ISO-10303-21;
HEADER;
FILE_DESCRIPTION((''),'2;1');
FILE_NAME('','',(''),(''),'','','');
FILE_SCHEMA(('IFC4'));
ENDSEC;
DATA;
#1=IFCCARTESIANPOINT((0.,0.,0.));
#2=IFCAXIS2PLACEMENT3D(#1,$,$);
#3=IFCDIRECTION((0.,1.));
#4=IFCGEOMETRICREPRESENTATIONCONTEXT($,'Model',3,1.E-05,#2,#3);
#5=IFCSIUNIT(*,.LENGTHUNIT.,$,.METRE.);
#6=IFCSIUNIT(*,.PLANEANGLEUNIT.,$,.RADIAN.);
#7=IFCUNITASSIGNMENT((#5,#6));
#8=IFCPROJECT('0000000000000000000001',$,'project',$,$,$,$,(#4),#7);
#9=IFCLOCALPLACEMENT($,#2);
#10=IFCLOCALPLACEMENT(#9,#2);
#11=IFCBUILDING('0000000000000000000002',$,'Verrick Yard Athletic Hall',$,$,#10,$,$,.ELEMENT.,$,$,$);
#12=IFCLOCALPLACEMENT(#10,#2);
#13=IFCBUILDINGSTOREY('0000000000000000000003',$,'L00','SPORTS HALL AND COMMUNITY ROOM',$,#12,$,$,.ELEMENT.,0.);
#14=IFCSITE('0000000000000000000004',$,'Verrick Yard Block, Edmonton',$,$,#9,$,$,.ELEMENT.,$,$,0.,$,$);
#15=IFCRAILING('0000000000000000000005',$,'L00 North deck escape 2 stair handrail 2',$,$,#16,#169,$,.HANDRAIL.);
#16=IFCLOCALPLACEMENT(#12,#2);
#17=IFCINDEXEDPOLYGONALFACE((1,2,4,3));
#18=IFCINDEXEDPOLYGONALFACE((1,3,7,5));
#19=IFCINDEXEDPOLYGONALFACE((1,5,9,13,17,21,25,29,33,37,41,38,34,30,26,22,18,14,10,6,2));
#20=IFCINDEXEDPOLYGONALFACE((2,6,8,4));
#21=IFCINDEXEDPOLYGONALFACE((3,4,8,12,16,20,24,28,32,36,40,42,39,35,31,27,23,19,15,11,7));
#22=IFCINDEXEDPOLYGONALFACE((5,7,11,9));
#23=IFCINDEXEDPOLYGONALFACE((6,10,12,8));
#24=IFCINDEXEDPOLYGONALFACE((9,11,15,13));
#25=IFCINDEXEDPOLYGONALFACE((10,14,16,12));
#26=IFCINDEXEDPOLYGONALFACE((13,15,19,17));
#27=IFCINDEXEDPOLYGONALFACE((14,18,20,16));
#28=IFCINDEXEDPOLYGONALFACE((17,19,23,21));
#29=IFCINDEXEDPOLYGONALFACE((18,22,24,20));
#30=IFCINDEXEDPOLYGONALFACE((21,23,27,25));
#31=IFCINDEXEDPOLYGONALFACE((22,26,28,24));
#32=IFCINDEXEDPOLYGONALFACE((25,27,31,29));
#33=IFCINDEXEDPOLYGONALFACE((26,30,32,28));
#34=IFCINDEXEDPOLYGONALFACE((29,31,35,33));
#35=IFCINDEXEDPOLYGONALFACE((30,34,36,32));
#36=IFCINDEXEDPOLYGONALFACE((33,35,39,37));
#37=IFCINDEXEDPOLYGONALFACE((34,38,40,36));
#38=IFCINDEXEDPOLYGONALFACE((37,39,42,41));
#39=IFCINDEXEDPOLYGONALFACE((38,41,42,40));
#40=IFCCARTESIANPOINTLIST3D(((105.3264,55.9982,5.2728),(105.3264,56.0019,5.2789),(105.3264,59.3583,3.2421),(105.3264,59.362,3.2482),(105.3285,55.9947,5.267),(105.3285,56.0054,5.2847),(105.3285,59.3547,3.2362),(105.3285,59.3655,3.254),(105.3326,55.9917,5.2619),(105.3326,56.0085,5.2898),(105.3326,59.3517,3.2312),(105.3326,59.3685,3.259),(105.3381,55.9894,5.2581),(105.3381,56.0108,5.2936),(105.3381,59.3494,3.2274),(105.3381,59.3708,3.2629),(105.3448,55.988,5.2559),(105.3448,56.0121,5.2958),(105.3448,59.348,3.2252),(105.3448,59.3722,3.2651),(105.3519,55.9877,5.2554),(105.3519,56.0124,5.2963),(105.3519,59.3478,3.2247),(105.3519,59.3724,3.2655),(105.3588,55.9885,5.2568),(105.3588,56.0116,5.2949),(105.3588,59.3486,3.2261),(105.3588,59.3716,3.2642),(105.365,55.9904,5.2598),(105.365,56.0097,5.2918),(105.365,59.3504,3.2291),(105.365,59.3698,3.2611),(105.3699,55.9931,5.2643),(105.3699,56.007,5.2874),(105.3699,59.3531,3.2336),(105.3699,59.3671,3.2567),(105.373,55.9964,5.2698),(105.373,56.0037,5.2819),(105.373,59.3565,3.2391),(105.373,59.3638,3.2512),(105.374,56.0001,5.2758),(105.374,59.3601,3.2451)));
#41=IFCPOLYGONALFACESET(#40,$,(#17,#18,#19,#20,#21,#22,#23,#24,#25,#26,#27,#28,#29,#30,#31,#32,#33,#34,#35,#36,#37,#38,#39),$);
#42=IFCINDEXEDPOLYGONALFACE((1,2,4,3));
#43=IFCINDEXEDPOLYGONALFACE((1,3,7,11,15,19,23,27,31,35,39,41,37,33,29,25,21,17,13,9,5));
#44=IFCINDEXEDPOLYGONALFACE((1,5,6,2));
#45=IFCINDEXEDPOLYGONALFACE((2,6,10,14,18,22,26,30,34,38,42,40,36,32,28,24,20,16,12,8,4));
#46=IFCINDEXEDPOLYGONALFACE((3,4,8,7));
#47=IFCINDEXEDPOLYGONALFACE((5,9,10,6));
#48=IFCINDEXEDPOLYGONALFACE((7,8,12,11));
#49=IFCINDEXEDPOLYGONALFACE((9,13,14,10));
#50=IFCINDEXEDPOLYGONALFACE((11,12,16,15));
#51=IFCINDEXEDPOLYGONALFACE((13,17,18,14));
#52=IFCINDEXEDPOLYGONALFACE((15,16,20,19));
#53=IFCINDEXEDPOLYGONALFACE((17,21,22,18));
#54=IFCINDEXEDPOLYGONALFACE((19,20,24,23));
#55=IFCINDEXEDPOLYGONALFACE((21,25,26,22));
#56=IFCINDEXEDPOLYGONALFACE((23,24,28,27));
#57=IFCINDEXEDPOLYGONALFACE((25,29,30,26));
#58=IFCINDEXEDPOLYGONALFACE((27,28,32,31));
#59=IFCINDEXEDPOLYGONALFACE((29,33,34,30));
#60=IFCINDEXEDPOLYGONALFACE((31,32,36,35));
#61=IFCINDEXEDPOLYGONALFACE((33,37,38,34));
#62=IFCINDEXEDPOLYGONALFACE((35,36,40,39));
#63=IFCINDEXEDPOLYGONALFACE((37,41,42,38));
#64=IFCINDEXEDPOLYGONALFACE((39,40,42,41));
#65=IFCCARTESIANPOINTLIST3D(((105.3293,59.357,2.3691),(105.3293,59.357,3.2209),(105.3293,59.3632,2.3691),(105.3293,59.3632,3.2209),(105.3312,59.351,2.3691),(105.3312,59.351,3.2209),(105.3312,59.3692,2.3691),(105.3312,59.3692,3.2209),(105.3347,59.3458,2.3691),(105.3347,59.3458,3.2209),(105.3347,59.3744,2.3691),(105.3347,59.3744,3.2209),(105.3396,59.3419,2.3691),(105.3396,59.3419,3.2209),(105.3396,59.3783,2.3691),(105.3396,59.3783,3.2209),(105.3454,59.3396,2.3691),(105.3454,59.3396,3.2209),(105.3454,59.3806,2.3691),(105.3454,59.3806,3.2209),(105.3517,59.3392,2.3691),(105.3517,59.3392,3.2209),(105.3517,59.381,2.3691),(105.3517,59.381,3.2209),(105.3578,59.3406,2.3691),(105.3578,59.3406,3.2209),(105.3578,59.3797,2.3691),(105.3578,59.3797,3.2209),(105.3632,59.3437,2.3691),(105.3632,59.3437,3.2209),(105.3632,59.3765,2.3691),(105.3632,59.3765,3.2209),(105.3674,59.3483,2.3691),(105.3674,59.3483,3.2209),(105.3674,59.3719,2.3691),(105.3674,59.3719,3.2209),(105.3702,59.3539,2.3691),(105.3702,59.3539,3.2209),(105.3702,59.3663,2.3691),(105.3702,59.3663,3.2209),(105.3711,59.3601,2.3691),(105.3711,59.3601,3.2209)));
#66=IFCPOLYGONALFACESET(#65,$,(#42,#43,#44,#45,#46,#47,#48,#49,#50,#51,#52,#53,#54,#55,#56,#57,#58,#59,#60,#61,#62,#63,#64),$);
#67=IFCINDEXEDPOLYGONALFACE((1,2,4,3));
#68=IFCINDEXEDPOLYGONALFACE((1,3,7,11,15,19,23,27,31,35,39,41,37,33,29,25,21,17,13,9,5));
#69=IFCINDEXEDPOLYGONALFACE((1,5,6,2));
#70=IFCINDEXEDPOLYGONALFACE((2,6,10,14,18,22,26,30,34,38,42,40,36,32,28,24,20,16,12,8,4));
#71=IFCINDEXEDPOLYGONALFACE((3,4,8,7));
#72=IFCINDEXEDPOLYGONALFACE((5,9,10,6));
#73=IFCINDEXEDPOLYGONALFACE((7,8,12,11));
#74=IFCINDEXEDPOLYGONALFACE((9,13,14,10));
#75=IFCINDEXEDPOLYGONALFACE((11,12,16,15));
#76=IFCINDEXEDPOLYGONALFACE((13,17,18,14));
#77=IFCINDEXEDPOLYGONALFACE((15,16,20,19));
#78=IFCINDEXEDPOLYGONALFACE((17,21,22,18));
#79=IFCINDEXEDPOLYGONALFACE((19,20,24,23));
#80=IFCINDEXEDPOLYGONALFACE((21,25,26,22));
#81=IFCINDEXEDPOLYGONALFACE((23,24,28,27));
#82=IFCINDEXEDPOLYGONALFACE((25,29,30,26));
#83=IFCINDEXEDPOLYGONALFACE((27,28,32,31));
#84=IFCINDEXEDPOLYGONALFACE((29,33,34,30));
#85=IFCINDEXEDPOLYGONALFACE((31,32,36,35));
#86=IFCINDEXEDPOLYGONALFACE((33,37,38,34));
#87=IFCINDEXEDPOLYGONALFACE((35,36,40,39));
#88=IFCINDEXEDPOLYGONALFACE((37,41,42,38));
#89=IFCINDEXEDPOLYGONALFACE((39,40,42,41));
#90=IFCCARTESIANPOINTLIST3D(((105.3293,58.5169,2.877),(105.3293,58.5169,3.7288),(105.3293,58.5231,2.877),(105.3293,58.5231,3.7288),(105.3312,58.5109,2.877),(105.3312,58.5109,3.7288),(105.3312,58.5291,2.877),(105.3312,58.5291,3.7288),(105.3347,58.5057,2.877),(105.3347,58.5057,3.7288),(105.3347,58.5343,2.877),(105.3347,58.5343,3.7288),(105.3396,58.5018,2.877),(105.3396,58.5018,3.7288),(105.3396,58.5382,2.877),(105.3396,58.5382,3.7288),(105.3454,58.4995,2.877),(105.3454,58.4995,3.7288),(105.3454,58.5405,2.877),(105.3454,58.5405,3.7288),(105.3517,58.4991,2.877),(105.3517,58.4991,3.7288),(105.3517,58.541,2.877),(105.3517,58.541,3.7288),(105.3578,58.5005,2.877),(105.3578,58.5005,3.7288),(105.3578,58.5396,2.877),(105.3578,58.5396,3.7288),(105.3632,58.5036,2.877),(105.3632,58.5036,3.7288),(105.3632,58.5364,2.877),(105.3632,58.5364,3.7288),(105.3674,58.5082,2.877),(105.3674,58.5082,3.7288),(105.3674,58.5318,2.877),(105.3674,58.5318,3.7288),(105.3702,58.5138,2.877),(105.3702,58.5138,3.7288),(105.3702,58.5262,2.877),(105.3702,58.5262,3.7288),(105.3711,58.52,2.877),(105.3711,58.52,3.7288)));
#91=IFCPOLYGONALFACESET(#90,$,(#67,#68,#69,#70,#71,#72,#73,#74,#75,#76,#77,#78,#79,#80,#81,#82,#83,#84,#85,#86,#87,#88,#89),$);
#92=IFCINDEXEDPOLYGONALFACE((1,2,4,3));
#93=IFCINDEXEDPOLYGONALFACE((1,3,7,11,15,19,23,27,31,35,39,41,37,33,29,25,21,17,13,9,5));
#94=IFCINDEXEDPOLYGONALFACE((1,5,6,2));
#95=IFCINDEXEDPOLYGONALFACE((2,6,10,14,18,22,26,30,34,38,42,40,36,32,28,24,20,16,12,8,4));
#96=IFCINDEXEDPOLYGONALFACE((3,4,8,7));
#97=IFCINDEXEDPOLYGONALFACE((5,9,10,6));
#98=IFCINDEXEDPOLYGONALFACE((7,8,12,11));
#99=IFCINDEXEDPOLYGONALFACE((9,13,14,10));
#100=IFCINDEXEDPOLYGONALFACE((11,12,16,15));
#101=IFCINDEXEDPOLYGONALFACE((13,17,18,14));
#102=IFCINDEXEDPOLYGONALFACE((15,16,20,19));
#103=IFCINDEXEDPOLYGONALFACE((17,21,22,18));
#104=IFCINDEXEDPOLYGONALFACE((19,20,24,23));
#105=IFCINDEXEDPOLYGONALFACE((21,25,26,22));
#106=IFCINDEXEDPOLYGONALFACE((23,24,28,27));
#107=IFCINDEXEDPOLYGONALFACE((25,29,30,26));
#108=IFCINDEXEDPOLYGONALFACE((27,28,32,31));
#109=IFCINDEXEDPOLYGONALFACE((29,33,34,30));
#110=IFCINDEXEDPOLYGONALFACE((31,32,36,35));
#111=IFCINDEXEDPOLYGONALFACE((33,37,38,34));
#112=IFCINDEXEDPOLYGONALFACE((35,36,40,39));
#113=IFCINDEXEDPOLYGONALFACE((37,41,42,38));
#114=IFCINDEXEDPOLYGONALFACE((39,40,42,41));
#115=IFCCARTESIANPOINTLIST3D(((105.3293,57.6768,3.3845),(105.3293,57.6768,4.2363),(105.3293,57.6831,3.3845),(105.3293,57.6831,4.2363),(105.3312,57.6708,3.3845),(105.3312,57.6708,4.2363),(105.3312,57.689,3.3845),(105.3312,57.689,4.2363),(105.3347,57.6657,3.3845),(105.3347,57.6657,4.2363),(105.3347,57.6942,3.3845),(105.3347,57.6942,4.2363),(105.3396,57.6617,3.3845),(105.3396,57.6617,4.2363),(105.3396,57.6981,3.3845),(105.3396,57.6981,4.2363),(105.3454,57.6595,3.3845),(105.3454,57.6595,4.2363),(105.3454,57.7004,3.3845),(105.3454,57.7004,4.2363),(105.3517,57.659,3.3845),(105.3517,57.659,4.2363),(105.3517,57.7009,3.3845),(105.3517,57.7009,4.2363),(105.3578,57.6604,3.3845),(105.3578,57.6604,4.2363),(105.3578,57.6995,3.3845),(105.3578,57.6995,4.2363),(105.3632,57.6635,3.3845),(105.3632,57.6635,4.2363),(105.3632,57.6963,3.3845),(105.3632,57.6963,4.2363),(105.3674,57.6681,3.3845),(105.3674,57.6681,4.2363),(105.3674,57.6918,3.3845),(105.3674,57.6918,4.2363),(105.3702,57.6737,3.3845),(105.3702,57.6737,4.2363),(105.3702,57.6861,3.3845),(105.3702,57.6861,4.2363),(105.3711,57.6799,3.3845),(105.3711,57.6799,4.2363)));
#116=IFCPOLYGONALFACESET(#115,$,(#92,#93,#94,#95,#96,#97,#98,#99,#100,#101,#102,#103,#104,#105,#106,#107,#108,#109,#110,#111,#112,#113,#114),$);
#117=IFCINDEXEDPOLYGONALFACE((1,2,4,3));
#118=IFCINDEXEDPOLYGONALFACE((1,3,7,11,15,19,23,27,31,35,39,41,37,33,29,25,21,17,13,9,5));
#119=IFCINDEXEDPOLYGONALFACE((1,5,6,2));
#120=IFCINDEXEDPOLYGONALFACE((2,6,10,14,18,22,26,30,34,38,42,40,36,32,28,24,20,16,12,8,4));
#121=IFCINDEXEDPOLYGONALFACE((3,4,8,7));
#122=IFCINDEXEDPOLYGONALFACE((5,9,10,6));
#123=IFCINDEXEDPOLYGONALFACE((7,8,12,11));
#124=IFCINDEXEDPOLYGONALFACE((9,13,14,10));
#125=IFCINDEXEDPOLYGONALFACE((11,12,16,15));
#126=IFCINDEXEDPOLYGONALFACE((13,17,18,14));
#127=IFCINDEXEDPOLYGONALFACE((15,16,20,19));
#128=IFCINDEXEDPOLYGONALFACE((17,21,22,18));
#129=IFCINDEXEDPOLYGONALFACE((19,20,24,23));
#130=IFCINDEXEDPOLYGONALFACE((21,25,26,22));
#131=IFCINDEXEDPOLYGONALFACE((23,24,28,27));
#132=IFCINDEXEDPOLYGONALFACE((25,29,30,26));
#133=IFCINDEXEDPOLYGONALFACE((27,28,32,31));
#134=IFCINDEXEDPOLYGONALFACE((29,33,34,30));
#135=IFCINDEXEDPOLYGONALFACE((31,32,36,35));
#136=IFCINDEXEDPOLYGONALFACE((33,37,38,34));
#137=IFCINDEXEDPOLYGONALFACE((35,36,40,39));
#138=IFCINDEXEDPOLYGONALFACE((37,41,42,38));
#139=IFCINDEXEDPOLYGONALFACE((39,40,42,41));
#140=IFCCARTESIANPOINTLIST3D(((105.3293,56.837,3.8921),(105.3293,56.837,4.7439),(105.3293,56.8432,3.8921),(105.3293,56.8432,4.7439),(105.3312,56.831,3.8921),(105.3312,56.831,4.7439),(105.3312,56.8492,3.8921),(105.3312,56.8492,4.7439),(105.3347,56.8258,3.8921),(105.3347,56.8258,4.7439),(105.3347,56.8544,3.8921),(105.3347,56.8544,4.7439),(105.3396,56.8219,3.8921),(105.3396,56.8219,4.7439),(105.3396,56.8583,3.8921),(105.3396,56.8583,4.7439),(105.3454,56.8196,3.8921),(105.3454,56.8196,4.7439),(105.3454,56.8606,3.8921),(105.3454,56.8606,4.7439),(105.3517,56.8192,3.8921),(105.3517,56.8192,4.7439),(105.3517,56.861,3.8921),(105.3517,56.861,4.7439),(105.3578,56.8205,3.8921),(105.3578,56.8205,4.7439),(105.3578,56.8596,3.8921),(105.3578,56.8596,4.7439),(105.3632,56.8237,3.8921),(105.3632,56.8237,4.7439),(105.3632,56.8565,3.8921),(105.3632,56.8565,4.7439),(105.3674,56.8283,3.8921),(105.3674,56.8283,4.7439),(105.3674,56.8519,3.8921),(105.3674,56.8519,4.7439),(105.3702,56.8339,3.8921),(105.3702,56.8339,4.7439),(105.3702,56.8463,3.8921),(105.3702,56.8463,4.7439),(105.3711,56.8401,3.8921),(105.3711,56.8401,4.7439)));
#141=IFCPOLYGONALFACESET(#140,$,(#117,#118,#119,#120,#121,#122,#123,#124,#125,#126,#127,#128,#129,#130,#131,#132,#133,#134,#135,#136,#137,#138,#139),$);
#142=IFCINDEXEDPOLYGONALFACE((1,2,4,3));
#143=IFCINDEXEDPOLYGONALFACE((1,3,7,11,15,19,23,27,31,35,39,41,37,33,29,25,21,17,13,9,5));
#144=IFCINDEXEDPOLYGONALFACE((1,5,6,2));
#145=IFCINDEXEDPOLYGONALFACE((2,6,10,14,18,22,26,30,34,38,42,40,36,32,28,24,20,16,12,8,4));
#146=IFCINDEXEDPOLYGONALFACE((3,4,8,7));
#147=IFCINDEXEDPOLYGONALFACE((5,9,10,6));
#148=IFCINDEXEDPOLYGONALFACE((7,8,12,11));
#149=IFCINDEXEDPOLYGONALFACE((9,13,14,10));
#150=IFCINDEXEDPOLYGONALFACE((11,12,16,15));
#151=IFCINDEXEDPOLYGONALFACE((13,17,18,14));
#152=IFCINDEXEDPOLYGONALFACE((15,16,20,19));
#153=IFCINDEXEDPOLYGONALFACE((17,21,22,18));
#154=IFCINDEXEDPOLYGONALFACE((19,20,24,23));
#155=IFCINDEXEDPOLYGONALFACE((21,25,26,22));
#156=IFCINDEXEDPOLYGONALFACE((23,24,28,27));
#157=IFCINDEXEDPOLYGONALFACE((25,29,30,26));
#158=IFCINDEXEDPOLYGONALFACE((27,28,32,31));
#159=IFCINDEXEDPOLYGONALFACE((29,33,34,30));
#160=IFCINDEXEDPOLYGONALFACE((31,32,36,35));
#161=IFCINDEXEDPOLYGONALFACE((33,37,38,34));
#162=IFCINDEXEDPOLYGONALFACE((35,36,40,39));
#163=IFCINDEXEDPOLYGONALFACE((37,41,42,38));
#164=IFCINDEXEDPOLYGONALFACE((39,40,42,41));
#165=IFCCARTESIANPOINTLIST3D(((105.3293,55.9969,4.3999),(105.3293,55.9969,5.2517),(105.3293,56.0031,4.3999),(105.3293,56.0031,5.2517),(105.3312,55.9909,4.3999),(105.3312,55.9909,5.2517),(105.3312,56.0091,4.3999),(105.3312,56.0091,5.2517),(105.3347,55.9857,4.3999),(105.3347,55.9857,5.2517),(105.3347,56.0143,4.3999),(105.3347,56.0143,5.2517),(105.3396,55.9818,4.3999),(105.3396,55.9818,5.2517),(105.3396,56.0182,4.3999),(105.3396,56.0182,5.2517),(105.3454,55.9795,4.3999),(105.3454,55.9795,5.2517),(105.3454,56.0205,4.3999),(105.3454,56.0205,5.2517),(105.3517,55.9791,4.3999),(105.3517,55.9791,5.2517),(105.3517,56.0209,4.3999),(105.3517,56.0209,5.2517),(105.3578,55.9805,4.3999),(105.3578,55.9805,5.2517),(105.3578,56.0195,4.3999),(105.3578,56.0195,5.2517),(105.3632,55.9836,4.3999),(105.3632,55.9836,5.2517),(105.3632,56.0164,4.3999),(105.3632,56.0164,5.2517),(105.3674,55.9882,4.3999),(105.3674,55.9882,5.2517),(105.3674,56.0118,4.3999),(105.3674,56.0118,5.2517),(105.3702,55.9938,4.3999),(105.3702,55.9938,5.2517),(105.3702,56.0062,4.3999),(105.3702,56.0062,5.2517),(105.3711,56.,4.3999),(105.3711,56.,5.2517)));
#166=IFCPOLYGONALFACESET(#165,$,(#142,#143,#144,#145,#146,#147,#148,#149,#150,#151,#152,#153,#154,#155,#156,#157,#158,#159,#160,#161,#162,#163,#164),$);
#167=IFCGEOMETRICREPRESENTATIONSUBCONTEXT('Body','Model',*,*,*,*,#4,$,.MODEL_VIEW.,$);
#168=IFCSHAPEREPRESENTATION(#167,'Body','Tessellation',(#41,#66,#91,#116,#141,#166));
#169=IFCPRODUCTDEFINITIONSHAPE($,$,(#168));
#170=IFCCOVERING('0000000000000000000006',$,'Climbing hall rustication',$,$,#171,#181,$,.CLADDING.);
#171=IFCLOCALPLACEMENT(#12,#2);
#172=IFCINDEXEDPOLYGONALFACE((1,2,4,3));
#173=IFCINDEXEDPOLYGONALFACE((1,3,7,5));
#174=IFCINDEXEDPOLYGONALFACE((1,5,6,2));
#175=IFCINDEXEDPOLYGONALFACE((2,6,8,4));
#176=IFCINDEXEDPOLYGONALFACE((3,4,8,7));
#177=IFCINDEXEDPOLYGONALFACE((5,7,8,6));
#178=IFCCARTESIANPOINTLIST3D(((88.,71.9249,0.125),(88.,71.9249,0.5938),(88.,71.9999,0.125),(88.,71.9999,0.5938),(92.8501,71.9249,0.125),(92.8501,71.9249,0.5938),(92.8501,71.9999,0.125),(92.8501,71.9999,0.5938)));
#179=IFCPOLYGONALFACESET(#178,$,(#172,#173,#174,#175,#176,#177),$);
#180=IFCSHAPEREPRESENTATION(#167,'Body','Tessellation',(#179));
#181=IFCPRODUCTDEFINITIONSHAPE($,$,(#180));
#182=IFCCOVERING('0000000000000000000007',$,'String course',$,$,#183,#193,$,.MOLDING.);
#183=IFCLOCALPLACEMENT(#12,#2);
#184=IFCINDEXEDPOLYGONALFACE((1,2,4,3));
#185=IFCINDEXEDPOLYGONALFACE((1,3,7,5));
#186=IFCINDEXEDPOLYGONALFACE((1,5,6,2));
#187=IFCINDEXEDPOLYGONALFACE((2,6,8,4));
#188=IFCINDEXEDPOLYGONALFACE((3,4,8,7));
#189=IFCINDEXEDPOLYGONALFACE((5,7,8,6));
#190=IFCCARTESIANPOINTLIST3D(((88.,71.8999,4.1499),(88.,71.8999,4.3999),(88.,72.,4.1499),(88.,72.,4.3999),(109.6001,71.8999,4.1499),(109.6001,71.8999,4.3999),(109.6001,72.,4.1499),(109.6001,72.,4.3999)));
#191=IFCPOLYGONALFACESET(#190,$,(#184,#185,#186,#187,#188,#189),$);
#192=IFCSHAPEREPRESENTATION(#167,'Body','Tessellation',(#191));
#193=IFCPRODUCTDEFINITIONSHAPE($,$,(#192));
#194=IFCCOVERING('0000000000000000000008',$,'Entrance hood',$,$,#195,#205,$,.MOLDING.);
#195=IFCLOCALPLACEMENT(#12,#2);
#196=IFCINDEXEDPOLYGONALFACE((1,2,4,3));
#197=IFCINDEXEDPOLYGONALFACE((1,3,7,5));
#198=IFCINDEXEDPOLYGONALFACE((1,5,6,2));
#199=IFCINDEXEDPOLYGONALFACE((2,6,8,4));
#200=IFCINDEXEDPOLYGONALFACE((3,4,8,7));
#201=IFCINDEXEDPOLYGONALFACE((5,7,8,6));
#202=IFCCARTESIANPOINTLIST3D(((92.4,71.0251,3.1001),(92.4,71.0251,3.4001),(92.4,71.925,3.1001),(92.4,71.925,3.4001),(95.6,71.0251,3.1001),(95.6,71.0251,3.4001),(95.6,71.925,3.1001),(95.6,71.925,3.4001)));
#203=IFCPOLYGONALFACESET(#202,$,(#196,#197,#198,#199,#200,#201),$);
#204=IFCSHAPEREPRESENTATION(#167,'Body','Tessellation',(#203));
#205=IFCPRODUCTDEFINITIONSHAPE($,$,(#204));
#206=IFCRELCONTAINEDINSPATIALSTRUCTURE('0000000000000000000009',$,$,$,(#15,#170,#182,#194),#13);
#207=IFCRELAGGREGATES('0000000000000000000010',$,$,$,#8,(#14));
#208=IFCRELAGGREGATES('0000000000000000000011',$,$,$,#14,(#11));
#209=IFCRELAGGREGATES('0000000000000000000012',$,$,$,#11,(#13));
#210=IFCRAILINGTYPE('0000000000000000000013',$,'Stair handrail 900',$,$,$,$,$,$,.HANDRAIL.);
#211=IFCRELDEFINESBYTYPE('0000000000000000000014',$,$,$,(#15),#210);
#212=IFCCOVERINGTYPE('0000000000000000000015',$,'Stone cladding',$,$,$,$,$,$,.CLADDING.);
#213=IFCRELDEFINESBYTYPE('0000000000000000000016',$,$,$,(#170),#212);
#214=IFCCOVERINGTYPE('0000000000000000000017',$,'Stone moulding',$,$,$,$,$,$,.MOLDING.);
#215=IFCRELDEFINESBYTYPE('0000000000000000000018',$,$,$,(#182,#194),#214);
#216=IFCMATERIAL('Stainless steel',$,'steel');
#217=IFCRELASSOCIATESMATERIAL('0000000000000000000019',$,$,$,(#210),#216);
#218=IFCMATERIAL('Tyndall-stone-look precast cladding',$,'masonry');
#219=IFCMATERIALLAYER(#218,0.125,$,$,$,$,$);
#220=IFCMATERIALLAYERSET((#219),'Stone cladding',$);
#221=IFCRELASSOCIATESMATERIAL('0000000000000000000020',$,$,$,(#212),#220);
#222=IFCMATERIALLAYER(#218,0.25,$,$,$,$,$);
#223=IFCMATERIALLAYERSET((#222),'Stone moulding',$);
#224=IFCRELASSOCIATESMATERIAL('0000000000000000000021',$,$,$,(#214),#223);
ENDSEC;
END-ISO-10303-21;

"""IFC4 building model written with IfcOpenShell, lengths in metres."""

from ifc_helpers import new_model, si_unit, direction, frame, origin, origin_2d, place, context, subcontext, project, spatial, rectangle, circle, extrude, material, layer, layer_set, type_object, element, save


model = new_model("IFC4")

# Units and contexts
model_context = context("Model", 3, precision=1e-05, world=origin(), true_north=direction((0.0, 1.0)))
body_context = subcontext(model_context, "Body", "Model", "MODEL_VIEW")
ifc_project = project(units=[si_unit("LENGTHUNIT", "METRE"), si_unit("PLANEANGLEUNIT", "RADIAN")], contexts=[model_context])

# Site, building, storey
site_placement = place(None, origin())
site = spatial("IfcSite", under=ifc_project, at=site_placement, Name="Verrick Yard Block, Edmonton", CompositionType="ELEMENT", RefElevation=0.0)
building_placement = place(site_placement, origin())
building = spatial("IfcBuilding", under=site, at=building_placement, Name="Verrick Yard Athletic Hall", CompositionType="ELEMENT")
storey_placement = place(building_placement, origin())
storey = spatial("IfcBuildingStorey", under=building, at=storey_placement, Name="L00", Description="SPORTS HALL AND COMMUNITY ROOM", CompositionType="ELEMENT", Elevation=0.0)

# Railing
ifc_material_1 = material(Name="Stainless steel", Category="steel")
railing_type = type_object("IfcRailingType", Name="Stair handrail 900", PredefinedType="HANDRAIL", material=ifc_material_1)
railing_placement = place(storey_placement, frame((105.3501, 59.3601, 2.3691)))
element("IfcRailing", 1, at=railing_placement, inside=storey, type_object=railing_type, Name="L00 North deck escape 2 stair handrail 2", PredefinedType="HANDRAIL", context=body_context, shape_type="SweptSolid", body=[
    extrude(circle(Radius=0.0239, at=origin_2d()), frame((0.0, 0.0, 0.876), z_axis=(0.0, -0.855837, 0.517246), x_axis=(1.0, 0.0, 0.0)), (0.0, 0.0, 1.0), 3.926),
    extrude(circle(Radius=0.021, at=origin_2d()), origin(), (0.0, 0.0, 1.0), 0.8518),
    extrude(circle(Radius=0.021, at=origin_2d()), frame((0.0, -0.8401, 0.5078)), (0.0, 0.0, 1.0), 0.8518),
    extrude(circle(Radius=0.021, at=origin_2d()), frame((0.0, -1.6802, 1.0154)), (0.0, 0.0, 1.0), 0.8518),
    extrude(circle(Radius=0.021, at=origin_2d()), frame((0.0, -2.52, 1.5229)), (0.0, 0.0, 1.0), 0.8518),
    extrude(circle(Radius=0.021, at=origin_2d()), frame((0.0, -3.3601, 2.0308)), (0.0, 0.0, 1.0), 0.8518),
])

# Coverings
ifc_material_2 = material(Name="Tyndall-stone-look precast cladding", Category="masonry")
ifc_layer_1 = layer(ifc_material_2, 0.125)
ifc_layer_set_1 = layer_set([ifc_layer_1], Name="Stone cladding")
covering_type_1 = type_object("IfcCoveringType", Name="Stone cladding", PredefinedType="CLADDING", material=ifc_layer_set_1)
covering_1_placement = place(storey_placement, frame((90.425, 71.9624, 0.125), z_axis=(0.0, 0.0, 1.0), x_axis=(1.0, 0.0, 0.0)))
element("IfcCovering", 2, at=covering_1_placement, inside=storey, type_object=covering_type_1, Name="Climbing hall rustication", PredefinedType="CLADDING", context=body_context, shape_type="SweptSolid", body=[
    extrude(rectangle(XDim=4.8501, YDim=0.075, at=origin_2d()), origin(), (0.0, 0.0, 1.0), 0.4688),
])
ifc_layer_2 = layer(ifc_material_2, 0.25)
ifc_layer_set_2 = layer_set([ifc_layer_2], Name="Stone moulding")
covering_type_2 = type_object("IfcCoveringType", Name="Stone moulding", PredefinedType="MOLDING", material=ifc_layer_set_2)
covering_2_placement = place(storey_placement, frame((98.8, 71.95, 4.1499), z_axis=(0.0, 0.0, 1.0), x_axis=(1.0, 0.0, 0.0)))
element("IfcCovering", 3, at=covering_2_placement, inside=storey, type_object=covering_type_2, Name="String course", PredefinedType="MOLDING", context=body_context, shape_type="SweptSolid", body=[
    extrude(rectangle(XDim=21.6001, YDim=0.1001, at=origin_2d()), origin(), (0.0, 0.0, 1.0), 0.25),
])
covering_3_placement = place(storey_placement, frame((94.0, 71.4751, 3.1001), z_axis=(0.0, 0.0, 1.0), x_axis=(1.0, 0.0, 0.0)))
element("IfcCovering", 4, at=covering_3_placement, inside=storey, type_object=covering_type_2, Name="Entrance hood", PredefinedType="MOLDING", context=body_context, shape_type="SweptSolid", body=[
    extrude(rectangle(XDim=3.2, YDim=0.8999, at=origin_2d()), origin(), (0.0, 0.0, 1.0), 0.3),
])

save(model, "model.ifc")
